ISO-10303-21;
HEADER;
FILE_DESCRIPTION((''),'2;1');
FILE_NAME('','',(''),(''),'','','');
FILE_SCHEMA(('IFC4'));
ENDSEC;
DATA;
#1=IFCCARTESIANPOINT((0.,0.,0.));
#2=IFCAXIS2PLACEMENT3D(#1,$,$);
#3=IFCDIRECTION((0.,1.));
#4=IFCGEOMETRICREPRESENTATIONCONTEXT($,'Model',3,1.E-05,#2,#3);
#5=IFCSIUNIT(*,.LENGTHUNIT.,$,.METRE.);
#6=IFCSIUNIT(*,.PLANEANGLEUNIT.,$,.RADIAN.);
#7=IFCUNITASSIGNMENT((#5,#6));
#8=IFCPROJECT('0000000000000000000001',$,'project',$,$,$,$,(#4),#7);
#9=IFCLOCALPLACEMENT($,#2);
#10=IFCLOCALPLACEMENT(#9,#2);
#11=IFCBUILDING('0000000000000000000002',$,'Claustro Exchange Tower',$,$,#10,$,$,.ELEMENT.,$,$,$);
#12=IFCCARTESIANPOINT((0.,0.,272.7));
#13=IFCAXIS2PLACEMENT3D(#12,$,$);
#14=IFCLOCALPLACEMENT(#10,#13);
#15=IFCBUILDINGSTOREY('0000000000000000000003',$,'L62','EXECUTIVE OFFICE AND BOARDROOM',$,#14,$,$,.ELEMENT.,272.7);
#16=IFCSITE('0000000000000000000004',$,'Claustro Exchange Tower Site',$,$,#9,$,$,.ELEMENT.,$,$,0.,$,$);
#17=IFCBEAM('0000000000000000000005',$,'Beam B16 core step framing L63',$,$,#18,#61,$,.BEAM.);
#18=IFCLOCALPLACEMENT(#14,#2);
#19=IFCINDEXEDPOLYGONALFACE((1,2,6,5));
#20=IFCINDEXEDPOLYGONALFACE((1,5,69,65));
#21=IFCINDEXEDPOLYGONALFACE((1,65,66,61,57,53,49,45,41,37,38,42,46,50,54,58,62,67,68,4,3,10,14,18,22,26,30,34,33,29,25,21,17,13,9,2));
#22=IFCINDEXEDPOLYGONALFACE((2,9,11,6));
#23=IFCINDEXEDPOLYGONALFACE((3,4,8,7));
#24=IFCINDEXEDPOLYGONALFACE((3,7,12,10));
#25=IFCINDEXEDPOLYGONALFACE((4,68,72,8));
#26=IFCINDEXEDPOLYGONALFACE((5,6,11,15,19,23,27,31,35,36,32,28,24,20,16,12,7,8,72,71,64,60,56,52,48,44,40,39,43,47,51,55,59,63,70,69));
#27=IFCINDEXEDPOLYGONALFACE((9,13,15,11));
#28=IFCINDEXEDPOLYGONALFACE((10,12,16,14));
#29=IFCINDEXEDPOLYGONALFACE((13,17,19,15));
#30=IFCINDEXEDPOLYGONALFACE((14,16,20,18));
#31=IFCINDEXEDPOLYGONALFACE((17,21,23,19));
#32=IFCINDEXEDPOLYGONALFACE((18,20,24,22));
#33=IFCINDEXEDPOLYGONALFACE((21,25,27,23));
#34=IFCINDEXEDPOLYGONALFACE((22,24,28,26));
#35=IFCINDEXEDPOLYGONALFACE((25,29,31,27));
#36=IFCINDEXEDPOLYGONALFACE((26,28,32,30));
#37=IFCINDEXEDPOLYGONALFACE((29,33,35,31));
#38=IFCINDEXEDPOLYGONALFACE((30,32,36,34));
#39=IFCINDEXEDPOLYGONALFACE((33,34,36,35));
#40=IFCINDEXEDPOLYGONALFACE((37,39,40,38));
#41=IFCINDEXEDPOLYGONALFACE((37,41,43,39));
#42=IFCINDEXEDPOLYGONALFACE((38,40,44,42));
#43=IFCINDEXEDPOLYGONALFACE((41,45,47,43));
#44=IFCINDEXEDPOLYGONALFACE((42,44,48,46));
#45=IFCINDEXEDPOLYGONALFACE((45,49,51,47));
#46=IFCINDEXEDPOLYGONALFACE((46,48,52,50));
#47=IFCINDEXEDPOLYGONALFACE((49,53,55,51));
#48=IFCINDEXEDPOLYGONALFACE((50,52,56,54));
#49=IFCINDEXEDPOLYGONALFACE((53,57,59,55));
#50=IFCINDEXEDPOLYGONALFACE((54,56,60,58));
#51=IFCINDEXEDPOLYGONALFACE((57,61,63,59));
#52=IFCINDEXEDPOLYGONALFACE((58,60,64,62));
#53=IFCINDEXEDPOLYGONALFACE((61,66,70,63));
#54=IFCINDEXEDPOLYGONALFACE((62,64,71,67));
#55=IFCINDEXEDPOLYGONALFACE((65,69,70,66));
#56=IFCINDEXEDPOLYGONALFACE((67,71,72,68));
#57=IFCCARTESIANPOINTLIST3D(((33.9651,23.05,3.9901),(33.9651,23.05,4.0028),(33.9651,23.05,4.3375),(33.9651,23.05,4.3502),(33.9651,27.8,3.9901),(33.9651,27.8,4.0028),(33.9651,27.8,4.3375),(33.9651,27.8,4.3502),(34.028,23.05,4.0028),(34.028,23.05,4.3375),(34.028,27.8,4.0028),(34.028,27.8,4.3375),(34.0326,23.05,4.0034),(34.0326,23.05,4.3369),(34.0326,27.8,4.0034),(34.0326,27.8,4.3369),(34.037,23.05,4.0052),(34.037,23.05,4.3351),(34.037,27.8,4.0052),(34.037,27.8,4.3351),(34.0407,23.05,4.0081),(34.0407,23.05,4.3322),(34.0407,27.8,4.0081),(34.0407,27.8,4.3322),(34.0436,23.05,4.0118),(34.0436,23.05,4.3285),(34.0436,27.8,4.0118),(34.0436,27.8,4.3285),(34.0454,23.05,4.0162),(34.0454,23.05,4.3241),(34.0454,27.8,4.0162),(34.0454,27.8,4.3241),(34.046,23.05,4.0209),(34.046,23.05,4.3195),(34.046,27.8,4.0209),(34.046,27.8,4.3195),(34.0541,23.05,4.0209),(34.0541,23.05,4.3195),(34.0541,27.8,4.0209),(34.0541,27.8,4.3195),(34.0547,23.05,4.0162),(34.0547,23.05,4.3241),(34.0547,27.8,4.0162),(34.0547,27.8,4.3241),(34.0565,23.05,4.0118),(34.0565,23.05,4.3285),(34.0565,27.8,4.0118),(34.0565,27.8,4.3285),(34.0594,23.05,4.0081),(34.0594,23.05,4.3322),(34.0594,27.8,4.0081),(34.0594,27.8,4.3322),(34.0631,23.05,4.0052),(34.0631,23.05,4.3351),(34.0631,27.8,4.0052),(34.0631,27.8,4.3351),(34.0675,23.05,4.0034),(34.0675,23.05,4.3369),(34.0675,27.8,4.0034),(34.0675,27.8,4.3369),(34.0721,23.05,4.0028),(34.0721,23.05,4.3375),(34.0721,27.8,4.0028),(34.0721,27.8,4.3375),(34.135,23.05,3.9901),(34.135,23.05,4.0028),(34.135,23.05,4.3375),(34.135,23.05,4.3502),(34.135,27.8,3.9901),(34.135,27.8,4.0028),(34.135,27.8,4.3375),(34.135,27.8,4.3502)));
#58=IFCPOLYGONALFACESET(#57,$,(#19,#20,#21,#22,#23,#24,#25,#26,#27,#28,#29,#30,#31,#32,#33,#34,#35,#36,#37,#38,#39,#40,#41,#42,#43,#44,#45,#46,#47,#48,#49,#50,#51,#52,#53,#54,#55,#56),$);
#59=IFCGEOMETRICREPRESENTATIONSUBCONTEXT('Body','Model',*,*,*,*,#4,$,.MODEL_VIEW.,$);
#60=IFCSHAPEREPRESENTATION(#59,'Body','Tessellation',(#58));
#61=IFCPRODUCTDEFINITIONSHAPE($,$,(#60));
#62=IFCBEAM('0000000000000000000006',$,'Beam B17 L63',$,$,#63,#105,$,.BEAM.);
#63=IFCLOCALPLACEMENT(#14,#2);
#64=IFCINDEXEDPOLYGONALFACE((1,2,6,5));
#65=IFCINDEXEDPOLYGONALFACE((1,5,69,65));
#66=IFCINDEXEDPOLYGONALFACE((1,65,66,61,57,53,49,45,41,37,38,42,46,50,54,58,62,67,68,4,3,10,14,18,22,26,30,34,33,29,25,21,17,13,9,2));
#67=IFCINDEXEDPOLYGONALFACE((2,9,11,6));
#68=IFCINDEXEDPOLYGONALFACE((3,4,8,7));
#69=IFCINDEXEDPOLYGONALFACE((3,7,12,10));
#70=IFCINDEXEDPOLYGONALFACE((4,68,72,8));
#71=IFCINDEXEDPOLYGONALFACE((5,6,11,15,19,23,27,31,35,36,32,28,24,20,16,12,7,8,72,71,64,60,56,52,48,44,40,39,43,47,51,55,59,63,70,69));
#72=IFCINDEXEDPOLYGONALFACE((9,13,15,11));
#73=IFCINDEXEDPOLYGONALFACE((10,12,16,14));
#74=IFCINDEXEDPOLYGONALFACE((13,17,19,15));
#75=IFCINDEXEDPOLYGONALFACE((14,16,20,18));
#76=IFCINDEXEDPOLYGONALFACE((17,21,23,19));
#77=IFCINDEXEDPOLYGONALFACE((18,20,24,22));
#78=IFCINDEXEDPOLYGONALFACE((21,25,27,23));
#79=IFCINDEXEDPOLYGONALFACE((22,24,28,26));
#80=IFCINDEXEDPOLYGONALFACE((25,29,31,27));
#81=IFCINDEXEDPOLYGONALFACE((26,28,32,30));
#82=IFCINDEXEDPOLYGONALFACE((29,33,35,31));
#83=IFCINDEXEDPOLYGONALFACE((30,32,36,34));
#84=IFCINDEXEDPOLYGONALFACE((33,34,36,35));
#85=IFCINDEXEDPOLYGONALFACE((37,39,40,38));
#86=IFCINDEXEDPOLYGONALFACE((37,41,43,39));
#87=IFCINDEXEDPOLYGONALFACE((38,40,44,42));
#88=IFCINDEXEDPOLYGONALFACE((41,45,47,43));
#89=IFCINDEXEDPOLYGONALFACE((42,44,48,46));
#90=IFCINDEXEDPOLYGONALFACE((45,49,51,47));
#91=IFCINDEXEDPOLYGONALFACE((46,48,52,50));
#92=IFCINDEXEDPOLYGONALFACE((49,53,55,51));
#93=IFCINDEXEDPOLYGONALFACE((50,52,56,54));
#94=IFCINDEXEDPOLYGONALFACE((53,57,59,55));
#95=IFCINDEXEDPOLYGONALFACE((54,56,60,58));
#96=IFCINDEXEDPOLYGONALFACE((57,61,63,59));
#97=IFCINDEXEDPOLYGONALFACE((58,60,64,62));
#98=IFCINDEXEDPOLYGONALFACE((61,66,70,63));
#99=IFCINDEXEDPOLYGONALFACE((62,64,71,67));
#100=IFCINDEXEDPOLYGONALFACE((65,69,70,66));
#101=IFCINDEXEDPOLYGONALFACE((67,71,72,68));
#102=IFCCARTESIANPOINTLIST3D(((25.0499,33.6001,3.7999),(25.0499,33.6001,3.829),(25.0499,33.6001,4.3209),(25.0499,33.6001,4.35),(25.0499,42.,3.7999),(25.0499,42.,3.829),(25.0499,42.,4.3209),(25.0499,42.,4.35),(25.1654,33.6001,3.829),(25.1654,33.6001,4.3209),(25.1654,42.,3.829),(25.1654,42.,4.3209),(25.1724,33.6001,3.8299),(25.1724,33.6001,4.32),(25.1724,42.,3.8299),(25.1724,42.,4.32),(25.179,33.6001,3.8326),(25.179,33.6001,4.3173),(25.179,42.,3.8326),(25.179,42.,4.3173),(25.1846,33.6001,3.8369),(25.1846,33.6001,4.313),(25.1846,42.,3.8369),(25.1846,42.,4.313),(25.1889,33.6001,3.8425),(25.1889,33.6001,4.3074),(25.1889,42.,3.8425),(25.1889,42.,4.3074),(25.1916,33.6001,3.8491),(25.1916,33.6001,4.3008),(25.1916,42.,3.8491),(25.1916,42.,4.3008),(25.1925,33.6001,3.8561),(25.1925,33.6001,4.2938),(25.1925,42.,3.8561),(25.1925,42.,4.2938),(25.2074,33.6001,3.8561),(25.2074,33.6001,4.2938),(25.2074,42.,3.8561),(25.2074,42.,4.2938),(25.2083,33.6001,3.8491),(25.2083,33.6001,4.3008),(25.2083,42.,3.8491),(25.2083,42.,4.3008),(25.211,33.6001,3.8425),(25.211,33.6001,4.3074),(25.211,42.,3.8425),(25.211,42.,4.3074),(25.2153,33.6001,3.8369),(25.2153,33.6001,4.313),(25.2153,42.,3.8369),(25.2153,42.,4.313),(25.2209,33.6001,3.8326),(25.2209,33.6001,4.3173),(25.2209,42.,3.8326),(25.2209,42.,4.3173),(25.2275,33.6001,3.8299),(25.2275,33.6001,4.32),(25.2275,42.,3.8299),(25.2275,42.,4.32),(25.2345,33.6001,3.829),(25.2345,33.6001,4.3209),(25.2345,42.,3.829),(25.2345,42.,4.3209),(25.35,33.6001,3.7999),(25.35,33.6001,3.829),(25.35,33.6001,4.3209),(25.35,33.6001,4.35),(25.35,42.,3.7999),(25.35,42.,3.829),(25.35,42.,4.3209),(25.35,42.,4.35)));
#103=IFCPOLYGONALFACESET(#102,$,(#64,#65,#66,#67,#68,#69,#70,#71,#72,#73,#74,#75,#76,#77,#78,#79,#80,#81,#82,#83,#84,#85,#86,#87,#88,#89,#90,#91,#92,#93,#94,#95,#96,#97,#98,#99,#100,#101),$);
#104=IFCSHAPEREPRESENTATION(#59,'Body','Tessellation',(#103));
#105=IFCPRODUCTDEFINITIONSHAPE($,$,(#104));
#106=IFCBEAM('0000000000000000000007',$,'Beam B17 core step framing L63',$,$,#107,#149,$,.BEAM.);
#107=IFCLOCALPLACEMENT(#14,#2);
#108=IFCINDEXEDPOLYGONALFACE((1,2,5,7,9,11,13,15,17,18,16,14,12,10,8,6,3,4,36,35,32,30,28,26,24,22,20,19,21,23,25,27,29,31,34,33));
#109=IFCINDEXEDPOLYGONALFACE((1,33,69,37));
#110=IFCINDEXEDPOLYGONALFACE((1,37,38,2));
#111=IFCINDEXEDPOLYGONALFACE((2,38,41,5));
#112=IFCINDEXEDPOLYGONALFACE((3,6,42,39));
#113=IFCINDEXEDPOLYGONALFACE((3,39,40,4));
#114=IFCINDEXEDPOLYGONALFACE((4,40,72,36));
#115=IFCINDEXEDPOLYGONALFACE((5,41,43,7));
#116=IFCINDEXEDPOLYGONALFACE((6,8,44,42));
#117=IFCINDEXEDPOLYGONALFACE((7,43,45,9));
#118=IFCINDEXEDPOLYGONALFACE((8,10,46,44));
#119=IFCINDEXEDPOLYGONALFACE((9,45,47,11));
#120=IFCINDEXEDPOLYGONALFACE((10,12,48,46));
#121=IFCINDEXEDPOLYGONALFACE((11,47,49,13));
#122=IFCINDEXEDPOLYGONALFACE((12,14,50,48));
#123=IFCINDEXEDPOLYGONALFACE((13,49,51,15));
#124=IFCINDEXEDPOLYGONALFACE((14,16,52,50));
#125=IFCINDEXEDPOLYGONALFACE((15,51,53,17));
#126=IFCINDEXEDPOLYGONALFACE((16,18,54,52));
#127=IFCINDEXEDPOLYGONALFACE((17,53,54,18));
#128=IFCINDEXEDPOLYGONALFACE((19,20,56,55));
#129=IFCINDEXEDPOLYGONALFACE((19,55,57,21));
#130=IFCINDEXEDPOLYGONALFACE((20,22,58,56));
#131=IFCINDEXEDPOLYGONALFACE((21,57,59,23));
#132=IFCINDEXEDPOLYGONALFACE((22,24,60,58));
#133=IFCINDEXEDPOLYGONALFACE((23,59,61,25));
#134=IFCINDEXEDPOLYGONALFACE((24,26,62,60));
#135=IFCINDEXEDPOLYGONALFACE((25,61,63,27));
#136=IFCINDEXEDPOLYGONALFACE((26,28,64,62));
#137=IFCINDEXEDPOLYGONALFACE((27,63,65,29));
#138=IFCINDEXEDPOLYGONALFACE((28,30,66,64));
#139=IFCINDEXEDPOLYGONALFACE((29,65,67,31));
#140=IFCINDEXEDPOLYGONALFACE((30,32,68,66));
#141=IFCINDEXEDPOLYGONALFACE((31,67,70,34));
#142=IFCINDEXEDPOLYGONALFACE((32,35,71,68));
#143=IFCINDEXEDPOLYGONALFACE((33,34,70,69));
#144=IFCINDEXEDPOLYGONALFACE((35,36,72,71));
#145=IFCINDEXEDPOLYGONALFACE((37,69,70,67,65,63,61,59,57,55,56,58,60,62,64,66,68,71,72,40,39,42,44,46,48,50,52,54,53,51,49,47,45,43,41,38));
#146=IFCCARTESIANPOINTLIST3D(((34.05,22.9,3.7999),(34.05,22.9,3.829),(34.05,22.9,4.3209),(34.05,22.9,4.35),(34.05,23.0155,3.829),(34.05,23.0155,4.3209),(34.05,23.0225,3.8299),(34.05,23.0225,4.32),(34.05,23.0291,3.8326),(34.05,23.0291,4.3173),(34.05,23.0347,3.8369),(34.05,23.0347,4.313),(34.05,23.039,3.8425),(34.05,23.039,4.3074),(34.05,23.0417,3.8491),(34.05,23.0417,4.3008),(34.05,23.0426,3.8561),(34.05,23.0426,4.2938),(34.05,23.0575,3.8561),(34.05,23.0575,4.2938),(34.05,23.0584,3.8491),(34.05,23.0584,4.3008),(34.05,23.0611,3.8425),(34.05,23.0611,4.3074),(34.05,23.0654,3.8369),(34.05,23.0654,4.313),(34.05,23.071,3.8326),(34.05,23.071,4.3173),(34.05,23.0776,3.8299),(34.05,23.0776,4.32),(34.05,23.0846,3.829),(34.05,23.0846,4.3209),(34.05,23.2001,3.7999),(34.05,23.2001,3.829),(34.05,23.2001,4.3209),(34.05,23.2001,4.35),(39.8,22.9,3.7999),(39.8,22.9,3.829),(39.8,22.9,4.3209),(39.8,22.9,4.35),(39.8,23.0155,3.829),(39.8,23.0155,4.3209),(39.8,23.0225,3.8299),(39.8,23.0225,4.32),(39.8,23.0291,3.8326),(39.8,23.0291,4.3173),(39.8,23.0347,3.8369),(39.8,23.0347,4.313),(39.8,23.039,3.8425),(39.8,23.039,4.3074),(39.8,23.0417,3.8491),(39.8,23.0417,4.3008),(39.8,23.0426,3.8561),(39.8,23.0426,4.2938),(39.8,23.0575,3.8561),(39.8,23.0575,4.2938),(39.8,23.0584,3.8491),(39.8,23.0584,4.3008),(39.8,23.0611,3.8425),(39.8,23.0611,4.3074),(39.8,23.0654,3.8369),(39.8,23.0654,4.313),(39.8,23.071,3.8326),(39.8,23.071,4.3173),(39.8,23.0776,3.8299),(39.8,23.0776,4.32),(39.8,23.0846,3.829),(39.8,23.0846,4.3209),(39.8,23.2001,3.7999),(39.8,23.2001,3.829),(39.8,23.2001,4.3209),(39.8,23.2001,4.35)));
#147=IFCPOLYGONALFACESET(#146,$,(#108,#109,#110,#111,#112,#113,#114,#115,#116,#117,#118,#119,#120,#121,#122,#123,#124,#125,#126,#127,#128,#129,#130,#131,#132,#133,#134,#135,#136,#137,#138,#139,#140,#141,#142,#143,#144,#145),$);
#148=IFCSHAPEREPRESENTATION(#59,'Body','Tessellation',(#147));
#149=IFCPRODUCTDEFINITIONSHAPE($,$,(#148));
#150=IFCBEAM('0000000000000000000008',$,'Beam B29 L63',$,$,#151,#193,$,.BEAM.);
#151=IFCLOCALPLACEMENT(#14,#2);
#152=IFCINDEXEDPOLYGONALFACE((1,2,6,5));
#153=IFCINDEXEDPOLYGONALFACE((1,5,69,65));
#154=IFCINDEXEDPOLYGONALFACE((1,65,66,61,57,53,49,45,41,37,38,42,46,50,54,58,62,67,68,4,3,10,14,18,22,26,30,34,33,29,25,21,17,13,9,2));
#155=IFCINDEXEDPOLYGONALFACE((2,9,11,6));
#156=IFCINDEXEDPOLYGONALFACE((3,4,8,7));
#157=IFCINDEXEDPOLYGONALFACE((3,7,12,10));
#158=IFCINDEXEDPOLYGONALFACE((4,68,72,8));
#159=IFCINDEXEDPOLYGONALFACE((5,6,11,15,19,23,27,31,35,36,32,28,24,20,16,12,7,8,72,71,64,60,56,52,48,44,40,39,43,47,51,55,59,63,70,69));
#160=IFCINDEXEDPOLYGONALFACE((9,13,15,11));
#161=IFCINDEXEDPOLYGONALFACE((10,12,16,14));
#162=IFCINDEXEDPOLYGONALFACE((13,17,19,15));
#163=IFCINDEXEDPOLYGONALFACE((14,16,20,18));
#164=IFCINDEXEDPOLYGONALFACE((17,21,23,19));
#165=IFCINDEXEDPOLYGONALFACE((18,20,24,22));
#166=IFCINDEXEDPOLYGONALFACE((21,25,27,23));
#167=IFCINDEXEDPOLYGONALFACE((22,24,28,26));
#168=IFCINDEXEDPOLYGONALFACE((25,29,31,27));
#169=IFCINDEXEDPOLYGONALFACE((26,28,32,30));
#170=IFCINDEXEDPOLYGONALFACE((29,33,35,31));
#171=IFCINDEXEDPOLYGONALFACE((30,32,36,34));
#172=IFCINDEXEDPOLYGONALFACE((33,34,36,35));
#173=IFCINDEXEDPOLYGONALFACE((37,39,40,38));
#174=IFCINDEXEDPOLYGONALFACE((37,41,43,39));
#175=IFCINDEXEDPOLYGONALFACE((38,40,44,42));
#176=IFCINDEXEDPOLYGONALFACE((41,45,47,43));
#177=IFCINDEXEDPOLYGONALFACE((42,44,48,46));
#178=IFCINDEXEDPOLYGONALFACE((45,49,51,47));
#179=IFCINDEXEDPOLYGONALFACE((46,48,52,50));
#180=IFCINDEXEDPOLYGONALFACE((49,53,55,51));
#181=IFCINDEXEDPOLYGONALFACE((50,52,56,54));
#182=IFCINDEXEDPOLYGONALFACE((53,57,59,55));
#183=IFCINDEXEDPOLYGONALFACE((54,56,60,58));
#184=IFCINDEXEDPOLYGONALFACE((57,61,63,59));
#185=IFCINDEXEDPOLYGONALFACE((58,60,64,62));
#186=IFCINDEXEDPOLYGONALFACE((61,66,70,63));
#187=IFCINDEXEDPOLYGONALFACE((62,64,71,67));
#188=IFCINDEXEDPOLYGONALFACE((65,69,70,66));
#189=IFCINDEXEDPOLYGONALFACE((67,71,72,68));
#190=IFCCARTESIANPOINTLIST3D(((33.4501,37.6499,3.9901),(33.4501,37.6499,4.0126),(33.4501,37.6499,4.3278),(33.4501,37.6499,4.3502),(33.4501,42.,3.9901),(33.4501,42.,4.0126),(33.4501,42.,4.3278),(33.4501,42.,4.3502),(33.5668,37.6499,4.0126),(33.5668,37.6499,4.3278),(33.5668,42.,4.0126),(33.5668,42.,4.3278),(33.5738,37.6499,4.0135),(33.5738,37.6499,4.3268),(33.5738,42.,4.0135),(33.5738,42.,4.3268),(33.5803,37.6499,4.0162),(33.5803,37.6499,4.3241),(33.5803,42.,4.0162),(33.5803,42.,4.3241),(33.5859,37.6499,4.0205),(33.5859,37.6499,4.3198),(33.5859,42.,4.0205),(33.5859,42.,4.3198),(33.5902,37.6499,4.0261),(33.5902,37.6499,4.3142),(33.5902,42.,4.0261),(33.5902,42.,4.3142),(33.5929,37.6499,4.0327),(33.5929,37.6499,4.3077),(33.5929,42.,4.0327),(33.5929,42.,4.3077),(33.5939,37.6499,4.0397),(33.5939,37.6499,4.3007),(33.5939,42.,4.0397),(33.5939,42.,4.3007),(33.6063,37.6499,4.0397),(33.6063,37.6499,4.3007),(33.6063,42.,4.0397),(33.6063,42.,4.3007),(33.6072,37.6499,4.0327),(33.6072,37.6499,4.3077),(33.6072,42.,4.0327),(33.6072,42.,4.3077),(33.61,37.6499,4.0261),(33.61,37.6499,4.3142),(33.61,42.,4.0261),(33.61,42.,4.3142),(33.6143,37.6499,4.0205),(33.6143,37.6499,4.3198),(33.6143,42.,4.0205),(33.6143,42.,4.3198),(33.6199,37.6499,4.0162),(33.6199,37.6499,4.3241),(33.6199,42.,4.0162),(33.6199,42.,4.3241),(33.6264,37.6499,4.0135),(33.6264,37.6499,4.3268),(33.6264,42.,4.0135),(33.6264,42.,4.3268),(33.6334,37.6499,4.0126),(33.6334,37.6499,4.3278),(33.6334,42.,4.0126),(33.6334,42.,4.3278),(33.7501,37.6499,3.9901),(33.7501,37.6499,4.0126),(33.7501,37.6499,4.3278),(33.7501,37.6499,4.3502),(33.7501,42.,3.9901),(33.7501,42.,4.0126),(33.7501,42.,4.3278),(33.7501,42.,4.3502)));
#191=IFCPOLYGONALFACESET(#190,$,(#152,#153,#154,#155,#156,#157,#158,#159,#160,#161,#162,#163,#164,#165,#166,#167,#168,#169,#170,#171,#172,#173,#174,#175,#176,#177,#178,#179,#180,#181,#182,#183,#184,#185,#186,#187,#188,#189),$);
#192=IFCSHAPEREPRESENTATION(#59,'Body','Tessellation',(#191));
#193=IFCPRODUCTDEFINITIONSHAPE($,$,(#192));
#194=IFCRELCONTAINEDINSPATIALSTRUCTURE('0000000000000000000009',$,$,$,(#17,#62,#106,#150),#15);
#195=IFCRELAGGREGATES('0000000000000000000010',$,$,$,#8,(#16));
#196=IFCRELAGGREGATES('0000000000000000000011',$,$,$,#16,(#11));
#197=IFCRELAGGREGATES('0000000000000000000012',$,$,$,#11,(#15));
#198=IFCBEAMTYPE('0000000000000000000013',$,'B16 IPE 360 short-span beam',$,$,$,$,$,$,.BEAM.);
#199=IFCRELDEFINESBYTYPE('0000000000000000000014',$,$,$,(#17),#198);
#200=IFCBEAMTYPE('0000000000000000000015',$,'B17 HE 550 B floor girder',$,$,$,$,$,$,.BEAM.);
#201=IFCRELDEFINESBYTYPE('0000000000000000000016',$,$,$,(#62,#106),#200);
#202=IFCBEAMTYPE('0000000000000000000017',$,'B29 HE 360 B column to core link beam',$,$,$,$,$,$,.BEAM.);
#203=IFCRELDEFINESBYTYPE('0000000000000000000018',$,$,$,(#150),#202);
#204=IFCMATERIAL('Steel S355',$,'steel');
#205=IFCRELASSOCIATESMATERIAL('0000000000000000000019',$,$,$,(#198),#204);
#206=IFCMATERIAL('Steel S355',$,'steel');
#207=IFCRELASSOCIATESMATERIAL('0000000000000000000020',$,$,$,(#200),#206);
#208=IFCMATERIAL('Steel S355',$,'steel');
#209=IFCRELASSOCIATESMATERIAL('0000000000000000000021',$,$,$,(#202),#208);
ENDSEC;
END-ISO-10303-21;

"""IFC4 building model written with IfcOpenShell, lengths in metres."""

from ifc_helpers import new_model, si_unit, direction, frame, origin, origin_2d, place, context, subcontext, project, spatial, i_section, extrude, material, material_profile, profile_set, type_object, element, save


model = new_model("IFC4")

# Units and contexts
model_context = context("Model", 3, precision=1e-05, world=origin(), true_north=direction((0.0, 1.0)))
body_context = subcontext(model_context, "Body", "Model", "MODEL_VIEW")
ifc_project = project(units=[si_unit("LENGTHUNIT", "METRE"), si_unit("PLANEANGLEUNIT", "RADIAN")], contexts=[model_context])

# Site, building, storey
site_placement = place(None, origin())
site = spatial("IfcSite", under=ifc_project, at=site_placement, Name="Claustro Exchange Tower Site", CompositionType="ELEMENT", RefElevation=0.0)
building_placement = place(site_placement, origin())
building = spatial("IfcBuilding", under=site, at=building_placement, Name="Claustro Exchange Tower", CompositionType="ELEMENT")
storey_placement = place(building_placement, frame((0.0, 0.0, 272.7)))
storey = spatial("IfcBuildingStorey", under=building, at=storey_placement, Name="L62", Description="EXECUTIVE OFFICE AND BOARDROOM", CompositionType="ELEMENT", Elevation=272.7)

# Beams
ifc_material_1 = material(Name="Steel S355", Category="steel")
ifc_material_profile_1 = material_profile(ifc_material_1, i_section(OverallWidth=0.1699, OverallDepth=0.3601, WebThickness=0.0081, FlangeThickness=0.0127, FilletRadius=0.0181, at=origin_2d()), Name="IPE 360")
ifc_profile_set_1 = profile_set([ifc_material_profile_1], Name="Steel S355")
beam_type_1 = type_object("IfcBeamType", Name="B16 IPE 360 short-span beam", PredefinedType="BEAM", material=ifc_profile_set_1)
beam_1_placement = place(storey_placement, frame((34.05, 23.05, 4.1702), z_axis=(0.0, 1.0, 0.0), x_axis=(-1.0, 0.0, 0.0)))
element("IfcBeam", 1, at=beam_1_placement, inside=storey, type_object=beam_type_1, Name="Beam B16 core step framing L63", PredefinedType="BEAM", context=body_context, shape_type="SweptSolid", body=[
    extrude(i_section(OverallWidth=0.1699, OverallDepth=0.3601, WebThickness=0.0081, FlangeThickness=0.0127, FilletRadius=0.0181, at=origin_2d()), origin(), (0.0, 0.0, 1.0), 4.75),
])
ifc_material_2 = material(Name="Steel S355", Category="steel")
ifc_material_profile_2 = material_profile(ifc_material_2, i_section(OverallWidth=0.3, OverallDepth=0.55, WebThickness=0.0149, FlangeThickness=0.0291, FilletRadius=0.0271, at=origin_2d()), Name="HE 550 B")
ifc_profile_set_2 = profile_set([ifc_material_profile_2], Name="Steel S355")
beam_type_2 = type_object("IfcBeamType", Name="B17 HE 550 B floor girder", PredefinedType="BEAM", material=ifc_profile_set_2)
beam_2_placement = place(storey_placement, frame((25.2, 33.6001, 4.075), z_axis=(0.0, 1.0, 0.0), x_axis=(-1.0, 0.0, 0.0)))
element("IfcBeam", 2, at=beam_2_placement, inside=storey, type_object=beam_type_2, Name="Beam B17 L63", PredefinedType="BEAM", context=body_context, shape_type="SweptSolid", body=[
    extrude(i_section(OverallWidth=0.3, OverallDepth=0.55, WebThickness=0.0149, FlangeThickness=0.0291, FilletRadius=0.0271, at=origin_2d()), origin(), (0.0, 0.0, 1.0), 8.3999),
])
beam_3_placement = place(storey_placement, frame((34.05, 23.05, 4.075), z_axis=(1.0, 0.0, 0.0), x_axis=(0.0, 1.0, 0.0)))
element("IfcBeam", 3, at=beam_3_placement, inside=storey, type_object=beam_type_2, Name="Beam B17 core step framing L63", PredefinedType="BEAM", context=body_context, shape_type="SweptSolid", body=[
    extrude(i_section(OverallWidth=0.3, OverallDepth=0.55, WebThickness=0.0149, FlangeThickness=0.0291, FilletRadius=0.0271, at=origin_2d()), origin(), (0.0, 0.0, 1.0), 5.75),
])
ifc_material_3 = material(Name="Steel S355", Category="steel")
ifc_material_profile_3 = material_profile(ifc_material_3, i_section(OverallWidth=0.3, OverallDepth=0.3601, WebThickness=0.0125, FlangeThickness=0.0225, FilletRadius=0.0271, at=origin_2d()), Name="HE 360 B")
ifc_profile_set_3 = profile_set([ifc_material_profile_3], Name="Steel S355")
beam_type_3 = type_object("IfcBeamType", Name="B29 HE 360 B column to core link beam", PredefinedType="BEAM", material=ifc_profile_set_3)
beam_4_placement = place(storey_placement, frame((33.6001, 37.6499, 4.1702), z_axis=(0.0, 1.0, 0.0), x_axis=(-1.0, 0.0, 0.0)))
element("IfcBeam", 4, at=beam_4_placement, inside=storey, type_object=beam_type_3, Name="Beam B29 L63", PredefinedType="BEAM", context=body_context, shape_type="SweptSolid", body=[
    extrude(i_section(OverallWidth=0.3, OverallDepth=0.3601, WebThickness=0.0125, FlangeThickness=0.0225, FilletRadius=0.0271, at=origin_2d()), origin(), (0.0, 0.0, 1.0), 4.3501),
])

save(model, "model.ifc")
